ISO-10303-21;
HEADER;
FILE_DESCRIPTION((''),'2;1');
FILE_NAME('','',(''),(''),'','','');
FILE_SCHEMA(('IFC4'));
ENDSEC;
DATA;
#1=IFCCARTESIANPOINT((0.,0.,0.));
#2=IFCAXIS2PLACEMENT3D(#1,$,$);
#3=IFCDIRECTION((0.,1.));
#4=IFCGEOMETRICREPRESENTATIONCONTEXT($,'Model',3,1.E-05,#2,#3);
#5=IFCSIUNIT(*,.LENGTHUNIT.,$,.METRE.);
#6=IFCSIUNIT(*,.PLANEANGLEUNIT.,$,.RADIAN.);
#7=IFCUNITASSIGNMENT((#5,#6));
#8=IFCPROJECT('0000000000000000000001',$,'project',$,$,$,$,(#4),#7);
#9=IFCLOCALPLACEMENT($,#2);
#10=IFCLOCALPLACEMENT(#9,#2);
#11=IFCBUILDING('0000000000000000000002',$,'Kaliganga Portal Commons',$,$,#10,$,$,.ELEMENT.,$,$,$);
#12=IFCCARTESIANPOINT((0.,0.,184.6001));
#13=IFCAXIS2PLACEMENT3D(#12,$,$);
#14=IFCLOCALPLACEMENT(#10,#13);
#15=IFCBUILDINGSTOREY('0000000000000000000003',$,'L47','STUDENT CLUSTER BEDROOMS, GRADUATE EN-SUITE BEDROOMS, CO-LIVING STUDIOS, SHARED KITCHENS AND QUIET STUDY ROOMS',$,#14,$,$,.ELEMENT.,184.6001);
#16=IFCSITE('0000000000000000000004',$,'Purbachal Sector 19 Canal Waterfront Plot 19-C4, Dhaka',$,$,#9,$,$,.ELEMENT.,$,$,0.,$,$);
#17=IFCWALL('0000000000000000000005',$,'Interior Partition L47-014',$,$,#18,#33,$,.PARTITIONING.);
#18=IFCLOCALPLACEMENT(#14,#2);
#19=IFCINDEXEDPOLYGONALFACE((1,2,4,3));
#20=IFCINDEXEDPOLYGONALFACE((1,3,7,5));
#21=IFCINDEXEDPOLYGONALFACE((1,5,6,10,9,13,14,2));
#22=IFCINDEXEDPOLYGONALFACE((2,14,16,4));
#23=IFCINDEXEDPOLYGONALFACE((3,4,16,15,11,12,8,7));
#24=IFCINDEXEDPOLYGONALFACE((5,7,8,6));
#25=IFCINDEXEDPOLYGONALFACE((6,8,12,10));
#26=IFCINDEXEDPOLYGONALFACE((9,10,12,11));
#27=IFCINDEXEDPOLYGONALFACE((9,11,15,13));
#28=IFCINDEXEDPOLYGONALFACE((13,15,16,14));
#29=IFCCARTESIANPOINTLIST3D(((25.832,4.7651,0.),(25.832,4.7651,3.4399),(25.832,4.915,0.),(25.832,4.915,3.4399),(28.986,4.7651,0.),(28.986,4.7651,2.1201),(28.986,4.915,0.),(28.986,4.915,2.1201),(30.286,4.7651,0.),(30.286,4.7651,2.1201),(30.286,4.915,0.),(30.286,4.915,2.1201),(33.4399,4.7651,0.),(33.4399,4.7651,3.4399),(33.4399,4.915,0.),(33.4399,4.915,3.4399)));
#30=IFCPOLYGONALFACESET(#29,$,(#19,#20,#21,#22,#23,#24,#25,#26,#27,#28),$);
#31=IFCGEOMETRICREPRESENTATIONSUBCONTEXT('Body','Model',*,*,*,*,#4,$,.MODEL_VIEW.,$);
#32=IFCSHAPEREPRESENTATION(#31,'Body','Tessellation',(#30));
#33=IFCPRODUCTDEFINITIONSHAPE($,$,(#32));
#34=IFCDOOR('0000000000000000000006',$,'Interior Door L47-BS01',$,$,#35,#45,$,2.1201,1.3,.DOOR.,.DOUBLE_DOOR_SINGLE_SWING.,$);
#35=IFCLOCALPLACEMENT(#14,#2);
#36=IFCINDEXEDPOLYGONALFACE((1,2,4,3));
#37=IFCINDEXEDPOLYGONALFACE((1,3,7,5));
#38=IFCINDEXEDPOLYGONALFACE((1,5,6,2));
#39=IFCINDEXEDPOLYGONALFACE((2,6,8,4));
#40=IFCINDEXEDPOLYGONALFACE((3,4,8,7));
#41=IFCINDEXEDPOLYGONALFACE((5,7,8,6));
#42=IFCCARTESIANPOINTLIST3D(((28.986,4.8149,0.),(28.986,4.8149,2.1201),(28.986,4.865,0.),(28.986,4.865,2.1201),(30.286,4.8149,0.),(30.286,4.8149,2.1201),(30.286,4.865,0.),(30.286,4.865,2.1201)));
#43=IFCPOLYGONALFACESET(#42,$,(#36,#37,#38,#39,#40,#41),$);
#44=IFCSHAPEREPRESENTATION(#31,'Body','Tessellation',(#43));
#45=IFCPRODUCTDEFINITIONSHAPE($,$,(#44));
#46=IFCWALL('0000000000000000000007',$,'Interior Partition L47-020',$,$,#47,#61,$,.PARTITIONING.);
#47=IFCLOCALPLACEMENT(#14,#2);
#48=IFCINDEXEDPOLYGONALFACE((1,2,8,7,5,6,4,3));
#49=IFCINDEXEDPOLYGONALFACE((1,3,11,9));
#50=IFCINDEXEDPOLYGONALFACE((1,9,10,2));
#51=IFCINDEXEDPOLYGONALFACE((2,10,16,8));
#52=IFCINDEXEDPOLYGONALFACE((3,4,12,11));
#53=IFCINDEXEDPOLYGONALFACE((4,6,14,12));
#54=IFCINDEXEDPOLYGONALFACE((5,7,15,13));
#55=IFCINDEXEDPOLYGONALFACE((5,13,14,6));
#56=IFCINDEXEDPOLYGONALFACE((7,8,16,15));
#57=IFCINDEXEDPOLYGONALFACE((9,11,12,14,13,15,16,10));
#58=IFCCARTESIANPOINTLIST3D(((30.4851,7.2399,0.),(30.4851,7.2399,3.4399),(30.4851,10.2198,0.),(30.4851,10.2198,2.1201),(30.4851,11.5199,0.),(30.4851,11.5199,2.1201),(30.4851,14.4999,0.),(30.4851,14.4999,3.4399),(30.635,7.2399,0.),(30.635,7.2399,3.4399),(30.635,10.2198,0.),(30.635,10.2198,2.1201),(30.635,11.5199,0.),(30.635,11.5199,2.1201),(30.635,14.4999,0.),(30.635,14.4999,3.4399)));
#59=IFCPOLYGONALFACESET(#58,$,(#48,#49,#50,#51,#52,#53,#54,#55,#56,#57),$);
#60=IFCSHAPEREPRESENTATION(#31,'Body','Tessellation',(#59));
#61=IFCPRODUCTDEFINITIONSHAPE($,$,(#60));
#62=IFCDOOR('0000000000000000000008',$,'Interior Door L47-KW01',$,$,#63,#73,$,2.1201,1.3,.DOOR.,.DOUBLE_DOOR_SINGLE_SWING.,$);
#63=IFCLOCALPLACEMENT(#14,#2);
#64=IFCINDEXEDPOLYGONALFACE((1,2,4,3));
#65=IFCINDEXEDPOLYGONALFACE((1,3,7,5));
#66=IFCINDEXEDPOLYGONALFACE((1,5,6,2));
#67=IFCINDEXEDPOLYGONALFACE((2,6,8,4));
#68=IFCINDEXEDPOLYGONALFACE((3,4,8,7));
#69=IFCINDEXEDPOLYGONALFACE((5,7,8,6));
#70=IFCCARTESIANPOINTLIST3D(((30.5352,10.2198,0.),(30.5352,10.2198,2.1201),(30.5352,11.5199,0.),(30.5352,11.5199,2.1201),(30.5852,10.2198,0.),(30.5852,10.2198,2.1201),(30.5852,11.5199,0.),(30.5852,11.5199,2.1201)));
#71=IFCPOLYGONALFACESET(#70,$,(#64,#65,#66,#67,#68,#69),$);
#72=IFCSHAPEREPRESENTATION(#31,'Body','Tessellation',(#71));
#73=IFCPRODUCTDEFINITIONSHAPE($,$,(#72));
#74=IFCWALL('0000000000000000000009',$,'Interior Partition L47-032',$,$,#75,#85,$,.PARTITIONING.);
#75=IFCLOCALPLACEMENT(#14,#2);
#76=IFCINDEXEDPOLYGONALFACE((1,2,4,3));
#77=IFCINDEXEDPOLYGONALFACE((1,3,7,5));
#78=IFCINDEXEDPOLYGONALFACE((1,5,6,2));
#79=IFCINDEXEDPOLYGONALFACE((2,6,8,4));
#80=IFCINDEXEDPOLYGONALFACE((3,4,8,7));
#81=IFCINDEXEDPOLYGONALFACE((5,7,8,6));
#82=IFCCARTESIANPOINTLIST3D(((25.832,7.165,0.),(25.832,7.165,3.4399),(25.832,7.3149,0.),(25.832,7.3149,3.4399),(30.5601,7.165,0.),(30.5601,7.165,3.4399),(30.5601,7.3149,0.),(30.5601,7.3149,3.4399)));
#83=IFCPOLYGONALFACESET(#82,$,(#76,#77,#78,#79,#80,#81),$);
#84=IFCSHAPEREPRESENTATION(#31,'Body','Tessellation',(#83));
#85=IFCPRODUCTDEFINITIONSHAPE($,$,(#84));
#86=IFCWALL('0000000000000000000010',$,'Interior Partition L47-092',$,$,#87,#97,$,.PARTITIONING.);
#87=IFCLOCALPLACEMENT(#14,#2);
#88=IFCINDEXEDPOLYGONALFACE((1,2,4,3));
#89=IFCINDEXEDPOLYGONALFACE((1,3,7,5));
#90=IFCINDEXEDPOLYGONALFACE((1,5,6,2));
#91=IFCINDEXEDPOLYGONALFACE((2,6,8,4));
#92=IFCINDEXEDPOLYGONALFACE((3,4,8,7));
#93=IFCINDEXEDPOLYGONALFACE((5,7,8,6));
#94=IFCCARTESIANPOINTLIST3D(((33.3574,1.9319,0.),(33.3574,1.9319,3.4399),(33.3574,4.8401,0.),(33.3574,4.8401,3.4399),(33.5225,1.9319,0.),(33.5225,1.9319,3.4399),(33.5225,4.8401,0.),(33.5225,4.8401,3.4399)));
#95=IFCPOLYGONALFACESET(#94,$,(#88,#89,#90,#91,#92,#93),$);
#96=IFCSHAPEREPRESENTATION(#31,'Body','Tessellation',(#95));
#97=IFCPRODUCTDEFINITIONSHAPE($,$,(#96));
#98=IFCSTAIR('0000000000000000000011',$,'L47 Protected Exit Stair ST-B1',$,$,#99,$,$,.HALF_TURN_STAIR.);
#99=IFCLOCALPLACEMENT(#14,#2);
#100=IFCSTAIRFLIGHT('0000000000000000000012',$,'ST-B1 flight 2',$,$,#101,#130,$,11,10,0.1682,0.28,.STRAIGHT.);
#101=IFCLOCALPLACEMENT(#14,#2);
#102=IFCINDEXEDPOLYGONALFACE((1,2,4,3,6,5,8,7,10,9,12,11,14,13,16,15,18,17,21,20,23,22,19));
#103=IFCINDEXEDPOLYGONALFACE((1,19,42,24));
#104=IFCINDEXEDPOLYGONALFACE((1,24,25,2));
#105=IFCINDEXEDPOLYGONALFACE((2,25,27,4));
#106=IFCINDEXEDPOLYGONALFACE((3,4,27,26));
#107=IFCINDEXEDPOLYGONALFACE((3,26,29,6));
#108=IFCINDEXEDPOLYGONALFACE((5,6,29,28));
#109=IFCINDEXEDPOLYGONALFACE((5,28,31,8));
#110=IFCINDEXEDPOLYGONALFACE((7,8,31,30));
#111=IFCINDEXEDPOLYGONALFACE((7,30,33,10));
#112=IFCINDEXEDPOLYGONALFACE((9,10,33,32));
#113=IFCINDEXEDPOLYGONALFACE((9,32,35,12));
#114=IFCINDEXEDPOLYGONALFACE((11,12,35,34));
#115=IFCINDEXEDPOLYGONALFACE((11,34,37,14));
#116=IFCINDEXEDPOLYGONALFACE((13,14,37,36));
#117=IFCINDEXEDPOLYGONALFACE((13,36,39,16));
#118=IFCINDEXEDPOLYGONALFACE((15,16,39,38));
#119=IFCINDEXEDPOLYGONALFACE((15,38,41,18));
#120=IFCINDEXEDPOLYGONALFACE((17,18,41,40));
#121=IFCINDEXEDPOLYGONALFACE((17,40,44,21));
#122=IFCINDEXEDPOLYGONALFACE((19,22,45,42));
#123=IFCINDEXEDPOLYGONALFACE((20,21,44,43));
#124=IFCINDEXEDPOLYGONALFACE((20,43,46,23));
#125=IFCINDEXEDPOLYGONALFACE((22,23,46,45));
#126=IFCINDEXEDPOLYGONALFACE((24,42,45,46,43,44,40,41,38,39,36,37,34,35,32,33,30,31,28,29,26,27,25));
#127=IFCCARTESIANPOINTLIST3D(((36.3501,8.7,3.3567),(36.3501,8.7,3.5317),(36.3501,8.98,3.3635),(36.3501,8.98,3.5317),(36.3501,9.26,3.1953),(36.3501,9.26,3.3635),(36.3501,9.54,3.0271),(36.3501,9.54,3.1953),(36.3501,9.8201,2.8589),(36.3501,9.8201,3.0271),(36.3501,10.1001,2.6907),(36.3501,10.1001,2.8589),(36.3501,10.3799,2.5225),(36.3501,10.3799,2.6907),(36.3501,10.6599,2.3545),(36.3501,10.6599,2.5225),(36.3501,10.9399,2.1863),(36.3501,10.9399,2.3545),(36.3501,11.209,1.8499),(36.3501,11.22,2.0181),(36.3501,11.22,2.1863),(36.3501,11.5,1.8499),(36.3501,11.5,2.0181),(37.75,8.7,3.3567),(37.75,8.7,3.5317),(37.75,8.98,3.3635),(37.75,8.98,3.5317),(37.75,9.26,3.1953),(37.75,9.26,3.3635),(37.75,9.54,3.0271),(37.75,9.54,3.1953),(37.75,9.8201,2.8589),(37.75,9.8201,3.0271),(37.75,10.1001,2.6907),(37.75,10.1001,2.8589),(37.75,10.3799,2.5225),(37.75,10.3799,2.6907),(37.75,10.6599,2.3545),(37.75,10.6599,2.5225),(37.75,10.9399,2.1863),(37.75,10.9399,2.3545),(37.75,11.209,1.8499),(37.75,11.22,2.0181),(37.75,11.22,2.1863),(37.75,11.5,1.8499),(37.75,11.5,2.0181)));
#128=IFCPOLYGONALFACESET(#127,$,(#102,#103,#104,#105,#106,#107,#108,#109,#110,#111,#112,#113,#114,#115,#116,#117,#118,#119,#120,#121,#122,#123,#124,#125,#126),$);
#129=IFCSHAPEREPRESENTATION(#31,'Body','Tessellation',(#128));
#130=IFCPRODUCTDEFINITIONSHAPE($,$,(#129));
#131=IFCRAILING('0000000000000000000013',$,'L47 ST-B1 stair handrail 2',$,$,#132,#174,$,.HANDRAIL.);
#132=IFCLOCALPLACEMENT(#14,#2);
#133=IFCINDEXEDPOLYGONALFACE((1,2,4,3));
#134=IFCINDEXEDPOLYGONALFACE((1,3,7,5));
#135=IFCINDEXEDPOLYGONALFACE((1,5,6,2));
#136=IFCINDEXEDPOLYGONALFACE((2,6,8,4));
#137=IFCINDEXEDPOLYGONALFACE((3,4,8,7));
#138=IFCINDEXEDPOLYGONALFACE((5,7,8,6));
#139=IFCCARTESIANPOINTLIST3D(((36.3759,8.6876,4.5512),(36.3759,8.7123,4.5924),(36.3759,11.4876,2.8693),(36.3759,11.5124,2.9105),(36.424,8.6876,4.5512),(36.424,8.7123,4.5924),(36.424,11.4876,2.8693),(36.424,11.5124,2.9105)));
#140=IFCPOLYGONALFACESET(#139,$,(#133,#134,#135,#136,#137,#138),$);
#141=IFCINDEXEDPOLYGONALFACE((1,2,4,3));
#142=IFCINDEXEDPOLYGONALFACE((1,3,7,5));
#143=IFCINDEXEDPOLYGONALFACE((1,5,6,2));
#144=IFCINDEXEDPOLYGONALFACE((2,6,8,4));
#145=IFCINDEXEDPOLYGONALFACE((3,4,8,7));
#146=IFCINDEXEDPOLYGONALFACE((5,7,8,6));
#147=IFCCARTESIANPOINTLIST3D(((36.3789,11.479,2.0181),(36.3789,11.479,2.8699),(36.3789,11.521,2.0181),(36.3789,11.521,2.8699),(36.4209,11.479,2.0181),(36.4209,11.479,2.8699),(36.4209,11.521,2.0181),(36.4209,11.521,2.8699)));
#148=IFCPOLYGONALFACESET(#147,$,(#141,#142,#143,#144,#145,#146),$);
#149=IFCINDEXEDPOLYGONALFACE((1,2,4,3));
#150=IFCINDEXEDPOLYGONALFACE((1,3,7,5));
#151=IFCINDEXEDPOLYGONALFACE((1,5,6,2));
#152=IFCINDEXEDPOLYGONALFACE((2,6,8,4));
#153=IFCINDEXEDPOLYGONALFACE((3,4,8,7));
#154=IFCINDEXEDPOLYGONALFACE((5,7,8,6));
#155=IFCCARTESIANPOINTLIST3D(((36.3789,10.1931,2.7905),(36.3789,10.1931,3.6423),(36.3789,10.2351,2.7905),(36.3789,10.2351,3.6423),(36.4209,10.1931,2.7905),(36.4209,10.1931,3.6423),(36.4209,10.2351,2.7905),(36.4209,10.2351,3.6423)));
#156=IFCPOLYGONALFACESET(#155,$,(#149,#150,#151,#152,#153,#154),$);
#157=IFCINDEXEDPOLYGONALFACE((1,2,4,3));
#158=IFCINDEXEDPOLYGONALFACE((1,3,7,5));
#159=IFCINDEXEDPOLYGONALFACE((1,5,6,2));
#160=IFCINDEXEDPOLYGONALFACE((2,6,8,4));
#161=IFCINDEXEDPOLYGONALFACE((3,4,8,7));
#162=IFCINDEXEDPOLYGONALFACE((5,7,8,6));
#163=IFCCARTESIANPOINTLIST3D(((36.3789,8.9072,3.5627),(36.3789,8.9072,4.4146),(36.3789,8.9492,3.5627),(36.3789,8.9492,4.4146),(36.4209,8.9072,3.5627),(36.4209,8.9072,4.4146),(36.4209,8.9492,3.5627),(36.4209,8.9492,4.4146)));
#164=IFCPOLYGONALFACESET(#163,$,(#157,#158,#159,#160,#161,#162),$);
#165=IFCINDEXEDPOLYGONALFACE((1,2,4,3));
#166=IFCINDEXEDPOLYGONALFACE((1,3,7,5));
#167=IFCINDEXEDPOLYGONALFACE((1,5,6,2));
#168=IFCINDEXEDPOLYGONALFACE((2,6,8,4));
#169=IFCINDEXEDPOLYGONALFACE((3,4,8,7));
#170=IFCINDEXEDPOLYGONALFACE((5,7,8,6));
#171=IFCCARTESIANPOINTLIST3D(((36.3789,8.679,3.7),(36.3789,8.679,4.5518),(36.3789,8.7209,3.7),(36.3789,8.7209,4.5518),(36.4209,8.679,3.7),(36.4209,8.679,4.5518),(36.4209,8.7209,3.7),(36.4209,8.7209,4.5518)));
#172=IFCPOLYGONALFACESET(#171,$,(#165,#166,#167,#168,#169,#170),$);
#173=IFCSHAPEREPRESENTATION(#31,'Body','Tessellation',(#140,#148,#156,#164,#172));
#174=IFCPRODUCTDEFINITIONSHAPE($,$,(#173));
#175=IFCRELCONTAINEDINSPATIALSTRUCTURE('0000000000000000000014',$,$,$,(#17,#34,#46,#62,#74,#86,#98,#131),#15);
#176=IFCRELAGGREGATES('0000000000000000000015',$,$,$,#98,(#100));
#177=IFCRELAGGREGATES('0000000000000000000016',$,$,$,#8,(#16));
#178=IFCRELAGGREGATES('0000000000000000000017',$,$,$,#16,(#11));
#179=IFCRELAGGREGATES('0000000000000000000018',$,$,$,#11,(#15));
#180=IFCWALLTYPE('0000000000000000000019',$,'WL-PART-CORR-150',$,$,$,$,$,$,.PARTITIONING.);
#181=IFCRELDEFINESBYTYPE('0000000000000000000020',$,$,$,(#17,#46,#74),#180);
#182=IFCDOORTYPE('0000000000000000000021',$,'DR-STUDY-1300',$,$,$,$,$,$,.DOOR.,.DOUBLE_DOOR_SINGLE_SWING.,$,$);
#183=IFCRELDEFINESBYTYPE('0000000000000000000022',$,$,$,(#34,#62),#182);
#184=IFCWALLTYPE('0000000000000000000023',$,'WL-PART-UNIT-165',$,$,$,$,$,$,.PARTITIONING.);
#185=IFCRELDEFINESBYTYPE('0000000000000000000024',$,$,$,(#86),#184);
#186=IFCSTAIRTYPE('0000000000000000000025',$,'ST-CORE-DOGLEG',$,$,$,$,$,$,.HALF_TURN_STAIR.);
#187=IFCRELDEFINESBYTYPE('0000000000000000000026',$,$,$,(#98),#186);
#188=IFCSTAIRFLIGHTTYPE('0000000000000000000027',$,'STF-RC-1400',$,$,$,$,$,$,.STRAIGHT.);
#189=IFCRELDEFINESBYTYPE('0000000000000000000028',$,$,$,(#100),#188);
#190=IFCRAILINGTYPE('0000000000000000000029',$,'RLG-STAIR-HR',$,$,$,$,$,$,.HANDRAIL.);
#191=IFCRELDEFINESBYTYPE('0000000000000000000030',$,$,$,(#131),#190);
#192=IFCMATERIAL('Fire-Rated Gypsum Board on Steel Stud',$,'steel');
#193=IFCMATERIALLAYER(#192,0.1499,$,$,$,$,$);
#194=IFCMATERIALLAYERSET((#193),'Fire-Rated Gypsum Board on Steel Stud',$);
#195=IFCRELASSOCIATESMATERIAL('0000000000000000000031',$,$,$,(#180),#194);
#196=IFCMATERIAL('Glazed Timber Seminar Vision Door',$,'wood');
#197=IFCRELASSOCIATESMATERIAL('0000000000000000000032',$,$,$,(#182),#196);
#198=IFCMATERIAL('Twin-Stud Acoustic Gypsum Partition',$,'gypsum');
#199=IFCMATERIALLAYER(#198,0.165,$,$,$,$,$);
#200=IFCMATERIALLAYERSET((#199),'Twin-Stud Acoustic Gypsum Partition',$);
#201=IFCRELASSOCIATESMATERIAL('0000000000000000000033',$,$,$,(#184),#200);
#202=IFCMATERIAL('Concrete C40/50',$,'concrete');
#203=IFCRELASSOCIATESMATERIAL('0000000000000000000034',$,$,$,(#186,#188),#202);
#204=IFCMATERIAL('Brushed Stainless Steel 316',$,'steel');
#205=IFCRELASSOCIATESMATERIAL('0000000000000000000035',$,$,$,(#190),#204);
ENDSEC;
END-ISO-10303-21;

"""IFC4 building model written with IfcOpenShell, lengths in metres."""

from ifc_helpers import new_model, si_unit, direction, frame, frame_2d, origin, origin_2d, place, context, subcontext, project, spatial, polyline, rectangle, outline, extrude, material, layer, layer_set, type_object, element, fill, aggregate, save


model = new_model("IFC4")

# Units and contexts
model_context = context("Model", 3, precision=1e-05, world=origin(), true_north=direction((0.0, 1.0)))
body_context = subcontext(model_context, "Body", "Model", "MODEL_VIEW")
ifc_project = project(units=[si_unit("LENGTHUNIT", "METRE"), si_unit("PLANEANGLEUNIT", "RADIAN")], contexts=[model_context])

# Site, building, storey
site_placement = place(None, origin())
site = spatial("IfcSite", under=ifc_project, at=site_placement, Name="Purbachal Sector 19 Canal Waterfront Plot 19-C4, Dhaka", CompositionType="ELEMENT", RefElevation=0.0)
building_placement = place(site_placement, origin())
building = spatial("IfcBuilding", under=site, at=building_placement, Name="Kaliganga Portal Commons", CompositionType="ELEMENT")
storey_placement = place(building_placement, frame((0.0, 0.0, 184.6001)))
storey = spatial("IfcBuildingStorey", under=building, at=storey_placement, Name="L47", Description="STUDENT CLUSTER BEDROOMS, GRADUATE EN-SUITE BEDROOMS, CO-LIVING STUDIOS, SHARED KITCHENS AND QUIET STUDY ROOMS", CompositionType="ELEMENT", Elevation=184.6001)

# Walls, openings, doors
ifc_material_1 = material(Name="Fire-Rated Gypsum Board on Steel Stud", Category="steel")
ifc_layer_1 = layer(ifc_material_1, 0.1499)
ifc_layer_set_1 = layer_set([ifc_layer_1], Name="Fire-Rated Gypsum Board on Steel Stud")
wall_type_1 = type_object("IfcWallType", Name="WL-PART-CORR-150", PredefinedType="PARTITIONING", material=ifc_layer_set_1)
ifc_material_2 = material(Name="Glazed Timber Seminar Vision Door", Category="wood")
door_type = type_object("IfcDoorType", Name="DR-STUDY-1300", OperationType="DOUBLE_DOOR_SINGLE_SWING", PredefinedType="DOOR", material=ifc_material_2)
wall_1_placement = place(storey_placement, frame((25.832, 4.8401, 0.0), z_axis=(0.0, 0.0, 1.0), x_axis=(1.0, 0.0, 0.0)))
wall_1 = element("IfcWall", 1, at=wall_1_placement, inside=storey, type_object=wall_type_1, Name="Interior Partition L47-014", PredefinedType="PARTITIONING", context=body_context, shape_type="SweptSolid", body=[
    extrude(rectangle(XDim=7.6079, YDim=0.1499, at=frame_2d((3.804, 0.0))), origin(), (0.0, 0.0, 1.0), 3.4399),
])
opening_1_placement = place(wall_1_placement, frame((3.1541, 0.0, 0.0)))
opening_1 = element("IfcOpeningElement", 2, at=opening_1_placement, cuts=wall_1, PredefinedType="OPENING", context=body_context, shape_type="SweptSolid", body=[
    extrude(rectangle(XDim=1.3, YDim=2.1201, at=frame_2d((0.6499, 1.0601))), frame((0.0, 0.085, 0.0), z_axis=(0.0, -1.0, 0.0), x_axis=(1.0, 0.0, 0.0)), (0.0, 0.0, 1.0), 0.1699),
])
door_1_placement = place(opening_1_placement, origin())
door_1 = element("IfcDoor", 3, at=door_1_placement, inside=storey, type_object=door_type, Name="Interior Door L47-BS01", OperationType="DOUBLE_DOOR_SINGLE_SWING", OverallHeight=2.1201, OverallWidth=1.3, PredefinedType="DOOR", context=body_context, shape_type="SweptSolid", body=[
    extrude(rectangle(XDim=1.3, YDim=2.1201, at=frame_2d((0.6499, 1.0601))), frame((0.0, 0.0249, 0.0), z_axis=(0.0, -1.0, 0.0), x_axis=(1.0, 0.0, 0.0)), (0.0, 0.0, 1.0), 0.05),
])
fill(opening_1, door_1)
wall_2_placement = place(storey_placement, frame((30.5601, 7.24, 0.0), z_axis=(0.0, 0.0, 1.0), x_axis=(0.0, 1.0, 0.0)))
wall_2 = element("IfcWall", 4, at=wall_2_placement, inside=storey, type_object=wall_type_1, Name="Interior Partition L47-020", PredefinedType="PARTITIONING", context=body_context, shape_type="SweptSolid", body=[
    extrude(rectangle(XDim=7.26, YDim=0.1499, at=frame_2d((3.6299, 0.0))), origin(), (0.0, 0.0, 1.0), 3.4399),
])
opening_2_placement = place(wall_2_placement, frame((2.98, 0.0, 0.0)))
opening_2 = element("IfcOpeningElement", 5, at=opening_2_placement, cuts=wall_2, PredefinedType="OPENING", context=body_context, shape_type="SweptSolid", body=[
    extrude(rectangle(XDim=1.3, YDim=2.1201, at=frame_2d((0.6499, 1.0601))), frame((0.0, 0.085, 0.0), z_axis=(0.0, -1.0, 0.0), x_axis=(1.0, 0.0, 0.0)), (0.0, 0.0, 1.0), 0.1699),
])
door_2_placement = place(opening_2_placement, origin())
door_2 = element("IfcDoor", 6, at=door_2_placement, inside=storey, type_object=door_type, Name="Interior Door L47-KW01", OperationType="DOUBLE_DOOR_SINGLE_SWING", OverallHeight=2.1201, OverallWidth=1.3, PredefinedType="DOOR", context=body_context, shape_type="SweptSolid", body=[
    extrude(rectangle(XDim=1.3, YDim=2.1201, at=frame_2d((0.6499, 1.0601))), frame((0.0, 0.0249, 0.0), z_axis=(0.0, -1.0, 0.0), x_axis=(1.0, 0.0, 0.0)), (0.0, 0.0, 1.0), 0.05),
])
fill(opening_2, door_2)

# Walls
wall_3_placement = place(storey_placement, frame((25.832, 7.24, 0.0), z_axis=(0.0, 0.0, 1.0), x_axis=(1.0, 0.0, 0.0)))
element("IfcWall", 7, at=wall_3_placement, inside=storey, type_object=wall_type_1, Name="Interior Partition L47-032", PredefinedType="PARTITIONING", context=body_context, shape_type="SweptSolid", body=[
    extrude(rectangle(XDim=4.728, YDim=0.1499, at=frame_2d((2.364, 0.0))), origin(), (0.0, 0.0, 1.0), 3.4399),
])
ifc_material_3 = material(Name="Twin-Stud Acoustic Gypsum Partition", Category="gypsum")
ifc_layer_2 = layer(ifc_material_3, 0.165)
ifc_layer_set_2 = layer_set([ifc_layer_2], Name="Twin-Stud Acoustic Gypsum Partition")
wall_type_2 = type_object("IfcWallType", Name="WL-PART-UNIT-165", PredefinedType="PARTITIONING", material=ifc_layer_set_2)
wall_4_placement = place(storey_placement, frame((33.4399, 1.9319, 0.0), z_axis=(0.0, 0.0, 1.0), x_axis=(0.0, 1.0, 0.0)))
element("IfcWall", 8, at=wall_4_placement, inside=storey, type_object=wall_type_2, Name="Interior Partition L47-092", PredefinedType="PARTITIONING", context=body_context, shape_type="SweptSolid", body=[
    extrude(rectangle(XDim=2.9082, YDim=0.165, at=frame_2d((1.4541, 0.0))), origin(), (0.0, 0.0, 1.0), 3.4399),
])

# Stair, stair flight
ifc_material_4 = material(Name="Concrete C40/50", Category="concrete")
stair_type = type_object("IfcStairType", Name="ST-CORE-DOGLEG", PredefinedType="HALF_TURN_STAIR", material=ifc_material_4)
stair_placement = place(storey_placement, origin())
stair = element("IfcStair", 9, at=stair_placement, inside=storey, type_object=stair_type, Name="L47 Protected Exit Stair ST-B1", PredefinedType="HALF_TURN_STAIR")
stair_flight_type = type_object("IfcStairFlightType", Name="STF-RC-1400", PredefinedType="STRAIGHT", material=ifc_material_4)
stair_flight_placement = place(storey_placement, frame((37.05, 11.5, 1.8499), z_axis=(0.0, 0.0, 1.0), x_axis=(0.0, -1.0, 0.0)))
stair_flight = element("IfcStairFlight", 10, at=stair_flight_placement, type_object=stair_flight_type, Name="ST-B1 flight 2", NumberOfRisers=11, NumberOfTreads=10, PredefinedType="STRAIGHT", RiserHeight=0.1682, TreadLength=0.28, context=body_context, shape_type="SweptSolid", body=[
    extrude(outline(polyline([(0.0, 0.0), (0.0, 0.1682), (0.28, 0.1682), (0.28, 0.3364), (0.5601, 0.3364), (0.5601, 0.5046), (0.8401, 0.5046), (0.8401, 0.6726), (1.1201, 0.6726), (1.1201, 0.8408), (1.3999, 0.8408), (1.3999, 1.009), (1.6799, 1.009), (1.6799, 1.1772), (1.96, 1.1772), (1.96, 1.3455), (2.24, 1.3455), (2.24, 1.5137), (2.52, 1.5137), (2.52, 1.6819), (2.8, 1.6819), (2.8, 1.8501), (2.8, 1.5068), (0.291, 0.0), (0.0, 0.0)])), frame((0.0, 0.7, 0.0), z_axis=(0.0, -1.0, 0.0), x_axis=(1.0, 0.0, 0.0)), (0.0, 0.0, 1.0), 1.3999),
])
aggregate(stair, [stair_flight])

# Railing
ifc_material_5 = material(Name="Brushed Stainless Steel 316", Category="steel")
railing_type = type_object("IfcRailingType", Name="RLG-STAIR-HR", PredefinedType="HANDRAIL", material=ifc_material_5)
railing_placement = place(storey_placement, frame((36.3999, 11.5, 2.0181)))
element("IfcRailing", 11, at=railing_placement, inside=storey, type_object=railing_type, Name="L47 ST-B1 stair handrail 2", PredefinedType="HANDRAIL", context=body_context, shape_type="SweptSolid", body=[
    extrude(rectangle(XDim=0.0481, YDim=0.0481, at=origin_2d()), frame((0.0, 0.0, 0.8718), z_axis=(0.0, -0.857242, 0.514913), x_axis=(1.0, 0.0, 0.0)), (0.0, 0.0, 1.0), 3.2664),
    extrude(rectangle(XDim=0.042, YDim=0.042, at=origin_2d()), origin(), (0.0, 0.0, 1.0), 0.8518),
    extrude(rectangle(XDim=0.042, YDim=0.042, at=origin_2d()), frame((0.0, -1.2859, 0.7725)), (0.0, 0.0, 1.0), 0.8518),
    extrude(rectangle(XDim=0.042, YDim=0.042, at=origin_2d()), frame((0.0, -2.5718, 1.5447)), (0.0, 0.0, 1.0), 0.8518),
    extrude(rectangle(XDim=0.042, YDim=0.042, at=origin_2d()), frame((0.0, -2.8, 1.6819)), (0.0, 0.0, 1.0), 0.8518),
])

save(model, "model.ifc")
